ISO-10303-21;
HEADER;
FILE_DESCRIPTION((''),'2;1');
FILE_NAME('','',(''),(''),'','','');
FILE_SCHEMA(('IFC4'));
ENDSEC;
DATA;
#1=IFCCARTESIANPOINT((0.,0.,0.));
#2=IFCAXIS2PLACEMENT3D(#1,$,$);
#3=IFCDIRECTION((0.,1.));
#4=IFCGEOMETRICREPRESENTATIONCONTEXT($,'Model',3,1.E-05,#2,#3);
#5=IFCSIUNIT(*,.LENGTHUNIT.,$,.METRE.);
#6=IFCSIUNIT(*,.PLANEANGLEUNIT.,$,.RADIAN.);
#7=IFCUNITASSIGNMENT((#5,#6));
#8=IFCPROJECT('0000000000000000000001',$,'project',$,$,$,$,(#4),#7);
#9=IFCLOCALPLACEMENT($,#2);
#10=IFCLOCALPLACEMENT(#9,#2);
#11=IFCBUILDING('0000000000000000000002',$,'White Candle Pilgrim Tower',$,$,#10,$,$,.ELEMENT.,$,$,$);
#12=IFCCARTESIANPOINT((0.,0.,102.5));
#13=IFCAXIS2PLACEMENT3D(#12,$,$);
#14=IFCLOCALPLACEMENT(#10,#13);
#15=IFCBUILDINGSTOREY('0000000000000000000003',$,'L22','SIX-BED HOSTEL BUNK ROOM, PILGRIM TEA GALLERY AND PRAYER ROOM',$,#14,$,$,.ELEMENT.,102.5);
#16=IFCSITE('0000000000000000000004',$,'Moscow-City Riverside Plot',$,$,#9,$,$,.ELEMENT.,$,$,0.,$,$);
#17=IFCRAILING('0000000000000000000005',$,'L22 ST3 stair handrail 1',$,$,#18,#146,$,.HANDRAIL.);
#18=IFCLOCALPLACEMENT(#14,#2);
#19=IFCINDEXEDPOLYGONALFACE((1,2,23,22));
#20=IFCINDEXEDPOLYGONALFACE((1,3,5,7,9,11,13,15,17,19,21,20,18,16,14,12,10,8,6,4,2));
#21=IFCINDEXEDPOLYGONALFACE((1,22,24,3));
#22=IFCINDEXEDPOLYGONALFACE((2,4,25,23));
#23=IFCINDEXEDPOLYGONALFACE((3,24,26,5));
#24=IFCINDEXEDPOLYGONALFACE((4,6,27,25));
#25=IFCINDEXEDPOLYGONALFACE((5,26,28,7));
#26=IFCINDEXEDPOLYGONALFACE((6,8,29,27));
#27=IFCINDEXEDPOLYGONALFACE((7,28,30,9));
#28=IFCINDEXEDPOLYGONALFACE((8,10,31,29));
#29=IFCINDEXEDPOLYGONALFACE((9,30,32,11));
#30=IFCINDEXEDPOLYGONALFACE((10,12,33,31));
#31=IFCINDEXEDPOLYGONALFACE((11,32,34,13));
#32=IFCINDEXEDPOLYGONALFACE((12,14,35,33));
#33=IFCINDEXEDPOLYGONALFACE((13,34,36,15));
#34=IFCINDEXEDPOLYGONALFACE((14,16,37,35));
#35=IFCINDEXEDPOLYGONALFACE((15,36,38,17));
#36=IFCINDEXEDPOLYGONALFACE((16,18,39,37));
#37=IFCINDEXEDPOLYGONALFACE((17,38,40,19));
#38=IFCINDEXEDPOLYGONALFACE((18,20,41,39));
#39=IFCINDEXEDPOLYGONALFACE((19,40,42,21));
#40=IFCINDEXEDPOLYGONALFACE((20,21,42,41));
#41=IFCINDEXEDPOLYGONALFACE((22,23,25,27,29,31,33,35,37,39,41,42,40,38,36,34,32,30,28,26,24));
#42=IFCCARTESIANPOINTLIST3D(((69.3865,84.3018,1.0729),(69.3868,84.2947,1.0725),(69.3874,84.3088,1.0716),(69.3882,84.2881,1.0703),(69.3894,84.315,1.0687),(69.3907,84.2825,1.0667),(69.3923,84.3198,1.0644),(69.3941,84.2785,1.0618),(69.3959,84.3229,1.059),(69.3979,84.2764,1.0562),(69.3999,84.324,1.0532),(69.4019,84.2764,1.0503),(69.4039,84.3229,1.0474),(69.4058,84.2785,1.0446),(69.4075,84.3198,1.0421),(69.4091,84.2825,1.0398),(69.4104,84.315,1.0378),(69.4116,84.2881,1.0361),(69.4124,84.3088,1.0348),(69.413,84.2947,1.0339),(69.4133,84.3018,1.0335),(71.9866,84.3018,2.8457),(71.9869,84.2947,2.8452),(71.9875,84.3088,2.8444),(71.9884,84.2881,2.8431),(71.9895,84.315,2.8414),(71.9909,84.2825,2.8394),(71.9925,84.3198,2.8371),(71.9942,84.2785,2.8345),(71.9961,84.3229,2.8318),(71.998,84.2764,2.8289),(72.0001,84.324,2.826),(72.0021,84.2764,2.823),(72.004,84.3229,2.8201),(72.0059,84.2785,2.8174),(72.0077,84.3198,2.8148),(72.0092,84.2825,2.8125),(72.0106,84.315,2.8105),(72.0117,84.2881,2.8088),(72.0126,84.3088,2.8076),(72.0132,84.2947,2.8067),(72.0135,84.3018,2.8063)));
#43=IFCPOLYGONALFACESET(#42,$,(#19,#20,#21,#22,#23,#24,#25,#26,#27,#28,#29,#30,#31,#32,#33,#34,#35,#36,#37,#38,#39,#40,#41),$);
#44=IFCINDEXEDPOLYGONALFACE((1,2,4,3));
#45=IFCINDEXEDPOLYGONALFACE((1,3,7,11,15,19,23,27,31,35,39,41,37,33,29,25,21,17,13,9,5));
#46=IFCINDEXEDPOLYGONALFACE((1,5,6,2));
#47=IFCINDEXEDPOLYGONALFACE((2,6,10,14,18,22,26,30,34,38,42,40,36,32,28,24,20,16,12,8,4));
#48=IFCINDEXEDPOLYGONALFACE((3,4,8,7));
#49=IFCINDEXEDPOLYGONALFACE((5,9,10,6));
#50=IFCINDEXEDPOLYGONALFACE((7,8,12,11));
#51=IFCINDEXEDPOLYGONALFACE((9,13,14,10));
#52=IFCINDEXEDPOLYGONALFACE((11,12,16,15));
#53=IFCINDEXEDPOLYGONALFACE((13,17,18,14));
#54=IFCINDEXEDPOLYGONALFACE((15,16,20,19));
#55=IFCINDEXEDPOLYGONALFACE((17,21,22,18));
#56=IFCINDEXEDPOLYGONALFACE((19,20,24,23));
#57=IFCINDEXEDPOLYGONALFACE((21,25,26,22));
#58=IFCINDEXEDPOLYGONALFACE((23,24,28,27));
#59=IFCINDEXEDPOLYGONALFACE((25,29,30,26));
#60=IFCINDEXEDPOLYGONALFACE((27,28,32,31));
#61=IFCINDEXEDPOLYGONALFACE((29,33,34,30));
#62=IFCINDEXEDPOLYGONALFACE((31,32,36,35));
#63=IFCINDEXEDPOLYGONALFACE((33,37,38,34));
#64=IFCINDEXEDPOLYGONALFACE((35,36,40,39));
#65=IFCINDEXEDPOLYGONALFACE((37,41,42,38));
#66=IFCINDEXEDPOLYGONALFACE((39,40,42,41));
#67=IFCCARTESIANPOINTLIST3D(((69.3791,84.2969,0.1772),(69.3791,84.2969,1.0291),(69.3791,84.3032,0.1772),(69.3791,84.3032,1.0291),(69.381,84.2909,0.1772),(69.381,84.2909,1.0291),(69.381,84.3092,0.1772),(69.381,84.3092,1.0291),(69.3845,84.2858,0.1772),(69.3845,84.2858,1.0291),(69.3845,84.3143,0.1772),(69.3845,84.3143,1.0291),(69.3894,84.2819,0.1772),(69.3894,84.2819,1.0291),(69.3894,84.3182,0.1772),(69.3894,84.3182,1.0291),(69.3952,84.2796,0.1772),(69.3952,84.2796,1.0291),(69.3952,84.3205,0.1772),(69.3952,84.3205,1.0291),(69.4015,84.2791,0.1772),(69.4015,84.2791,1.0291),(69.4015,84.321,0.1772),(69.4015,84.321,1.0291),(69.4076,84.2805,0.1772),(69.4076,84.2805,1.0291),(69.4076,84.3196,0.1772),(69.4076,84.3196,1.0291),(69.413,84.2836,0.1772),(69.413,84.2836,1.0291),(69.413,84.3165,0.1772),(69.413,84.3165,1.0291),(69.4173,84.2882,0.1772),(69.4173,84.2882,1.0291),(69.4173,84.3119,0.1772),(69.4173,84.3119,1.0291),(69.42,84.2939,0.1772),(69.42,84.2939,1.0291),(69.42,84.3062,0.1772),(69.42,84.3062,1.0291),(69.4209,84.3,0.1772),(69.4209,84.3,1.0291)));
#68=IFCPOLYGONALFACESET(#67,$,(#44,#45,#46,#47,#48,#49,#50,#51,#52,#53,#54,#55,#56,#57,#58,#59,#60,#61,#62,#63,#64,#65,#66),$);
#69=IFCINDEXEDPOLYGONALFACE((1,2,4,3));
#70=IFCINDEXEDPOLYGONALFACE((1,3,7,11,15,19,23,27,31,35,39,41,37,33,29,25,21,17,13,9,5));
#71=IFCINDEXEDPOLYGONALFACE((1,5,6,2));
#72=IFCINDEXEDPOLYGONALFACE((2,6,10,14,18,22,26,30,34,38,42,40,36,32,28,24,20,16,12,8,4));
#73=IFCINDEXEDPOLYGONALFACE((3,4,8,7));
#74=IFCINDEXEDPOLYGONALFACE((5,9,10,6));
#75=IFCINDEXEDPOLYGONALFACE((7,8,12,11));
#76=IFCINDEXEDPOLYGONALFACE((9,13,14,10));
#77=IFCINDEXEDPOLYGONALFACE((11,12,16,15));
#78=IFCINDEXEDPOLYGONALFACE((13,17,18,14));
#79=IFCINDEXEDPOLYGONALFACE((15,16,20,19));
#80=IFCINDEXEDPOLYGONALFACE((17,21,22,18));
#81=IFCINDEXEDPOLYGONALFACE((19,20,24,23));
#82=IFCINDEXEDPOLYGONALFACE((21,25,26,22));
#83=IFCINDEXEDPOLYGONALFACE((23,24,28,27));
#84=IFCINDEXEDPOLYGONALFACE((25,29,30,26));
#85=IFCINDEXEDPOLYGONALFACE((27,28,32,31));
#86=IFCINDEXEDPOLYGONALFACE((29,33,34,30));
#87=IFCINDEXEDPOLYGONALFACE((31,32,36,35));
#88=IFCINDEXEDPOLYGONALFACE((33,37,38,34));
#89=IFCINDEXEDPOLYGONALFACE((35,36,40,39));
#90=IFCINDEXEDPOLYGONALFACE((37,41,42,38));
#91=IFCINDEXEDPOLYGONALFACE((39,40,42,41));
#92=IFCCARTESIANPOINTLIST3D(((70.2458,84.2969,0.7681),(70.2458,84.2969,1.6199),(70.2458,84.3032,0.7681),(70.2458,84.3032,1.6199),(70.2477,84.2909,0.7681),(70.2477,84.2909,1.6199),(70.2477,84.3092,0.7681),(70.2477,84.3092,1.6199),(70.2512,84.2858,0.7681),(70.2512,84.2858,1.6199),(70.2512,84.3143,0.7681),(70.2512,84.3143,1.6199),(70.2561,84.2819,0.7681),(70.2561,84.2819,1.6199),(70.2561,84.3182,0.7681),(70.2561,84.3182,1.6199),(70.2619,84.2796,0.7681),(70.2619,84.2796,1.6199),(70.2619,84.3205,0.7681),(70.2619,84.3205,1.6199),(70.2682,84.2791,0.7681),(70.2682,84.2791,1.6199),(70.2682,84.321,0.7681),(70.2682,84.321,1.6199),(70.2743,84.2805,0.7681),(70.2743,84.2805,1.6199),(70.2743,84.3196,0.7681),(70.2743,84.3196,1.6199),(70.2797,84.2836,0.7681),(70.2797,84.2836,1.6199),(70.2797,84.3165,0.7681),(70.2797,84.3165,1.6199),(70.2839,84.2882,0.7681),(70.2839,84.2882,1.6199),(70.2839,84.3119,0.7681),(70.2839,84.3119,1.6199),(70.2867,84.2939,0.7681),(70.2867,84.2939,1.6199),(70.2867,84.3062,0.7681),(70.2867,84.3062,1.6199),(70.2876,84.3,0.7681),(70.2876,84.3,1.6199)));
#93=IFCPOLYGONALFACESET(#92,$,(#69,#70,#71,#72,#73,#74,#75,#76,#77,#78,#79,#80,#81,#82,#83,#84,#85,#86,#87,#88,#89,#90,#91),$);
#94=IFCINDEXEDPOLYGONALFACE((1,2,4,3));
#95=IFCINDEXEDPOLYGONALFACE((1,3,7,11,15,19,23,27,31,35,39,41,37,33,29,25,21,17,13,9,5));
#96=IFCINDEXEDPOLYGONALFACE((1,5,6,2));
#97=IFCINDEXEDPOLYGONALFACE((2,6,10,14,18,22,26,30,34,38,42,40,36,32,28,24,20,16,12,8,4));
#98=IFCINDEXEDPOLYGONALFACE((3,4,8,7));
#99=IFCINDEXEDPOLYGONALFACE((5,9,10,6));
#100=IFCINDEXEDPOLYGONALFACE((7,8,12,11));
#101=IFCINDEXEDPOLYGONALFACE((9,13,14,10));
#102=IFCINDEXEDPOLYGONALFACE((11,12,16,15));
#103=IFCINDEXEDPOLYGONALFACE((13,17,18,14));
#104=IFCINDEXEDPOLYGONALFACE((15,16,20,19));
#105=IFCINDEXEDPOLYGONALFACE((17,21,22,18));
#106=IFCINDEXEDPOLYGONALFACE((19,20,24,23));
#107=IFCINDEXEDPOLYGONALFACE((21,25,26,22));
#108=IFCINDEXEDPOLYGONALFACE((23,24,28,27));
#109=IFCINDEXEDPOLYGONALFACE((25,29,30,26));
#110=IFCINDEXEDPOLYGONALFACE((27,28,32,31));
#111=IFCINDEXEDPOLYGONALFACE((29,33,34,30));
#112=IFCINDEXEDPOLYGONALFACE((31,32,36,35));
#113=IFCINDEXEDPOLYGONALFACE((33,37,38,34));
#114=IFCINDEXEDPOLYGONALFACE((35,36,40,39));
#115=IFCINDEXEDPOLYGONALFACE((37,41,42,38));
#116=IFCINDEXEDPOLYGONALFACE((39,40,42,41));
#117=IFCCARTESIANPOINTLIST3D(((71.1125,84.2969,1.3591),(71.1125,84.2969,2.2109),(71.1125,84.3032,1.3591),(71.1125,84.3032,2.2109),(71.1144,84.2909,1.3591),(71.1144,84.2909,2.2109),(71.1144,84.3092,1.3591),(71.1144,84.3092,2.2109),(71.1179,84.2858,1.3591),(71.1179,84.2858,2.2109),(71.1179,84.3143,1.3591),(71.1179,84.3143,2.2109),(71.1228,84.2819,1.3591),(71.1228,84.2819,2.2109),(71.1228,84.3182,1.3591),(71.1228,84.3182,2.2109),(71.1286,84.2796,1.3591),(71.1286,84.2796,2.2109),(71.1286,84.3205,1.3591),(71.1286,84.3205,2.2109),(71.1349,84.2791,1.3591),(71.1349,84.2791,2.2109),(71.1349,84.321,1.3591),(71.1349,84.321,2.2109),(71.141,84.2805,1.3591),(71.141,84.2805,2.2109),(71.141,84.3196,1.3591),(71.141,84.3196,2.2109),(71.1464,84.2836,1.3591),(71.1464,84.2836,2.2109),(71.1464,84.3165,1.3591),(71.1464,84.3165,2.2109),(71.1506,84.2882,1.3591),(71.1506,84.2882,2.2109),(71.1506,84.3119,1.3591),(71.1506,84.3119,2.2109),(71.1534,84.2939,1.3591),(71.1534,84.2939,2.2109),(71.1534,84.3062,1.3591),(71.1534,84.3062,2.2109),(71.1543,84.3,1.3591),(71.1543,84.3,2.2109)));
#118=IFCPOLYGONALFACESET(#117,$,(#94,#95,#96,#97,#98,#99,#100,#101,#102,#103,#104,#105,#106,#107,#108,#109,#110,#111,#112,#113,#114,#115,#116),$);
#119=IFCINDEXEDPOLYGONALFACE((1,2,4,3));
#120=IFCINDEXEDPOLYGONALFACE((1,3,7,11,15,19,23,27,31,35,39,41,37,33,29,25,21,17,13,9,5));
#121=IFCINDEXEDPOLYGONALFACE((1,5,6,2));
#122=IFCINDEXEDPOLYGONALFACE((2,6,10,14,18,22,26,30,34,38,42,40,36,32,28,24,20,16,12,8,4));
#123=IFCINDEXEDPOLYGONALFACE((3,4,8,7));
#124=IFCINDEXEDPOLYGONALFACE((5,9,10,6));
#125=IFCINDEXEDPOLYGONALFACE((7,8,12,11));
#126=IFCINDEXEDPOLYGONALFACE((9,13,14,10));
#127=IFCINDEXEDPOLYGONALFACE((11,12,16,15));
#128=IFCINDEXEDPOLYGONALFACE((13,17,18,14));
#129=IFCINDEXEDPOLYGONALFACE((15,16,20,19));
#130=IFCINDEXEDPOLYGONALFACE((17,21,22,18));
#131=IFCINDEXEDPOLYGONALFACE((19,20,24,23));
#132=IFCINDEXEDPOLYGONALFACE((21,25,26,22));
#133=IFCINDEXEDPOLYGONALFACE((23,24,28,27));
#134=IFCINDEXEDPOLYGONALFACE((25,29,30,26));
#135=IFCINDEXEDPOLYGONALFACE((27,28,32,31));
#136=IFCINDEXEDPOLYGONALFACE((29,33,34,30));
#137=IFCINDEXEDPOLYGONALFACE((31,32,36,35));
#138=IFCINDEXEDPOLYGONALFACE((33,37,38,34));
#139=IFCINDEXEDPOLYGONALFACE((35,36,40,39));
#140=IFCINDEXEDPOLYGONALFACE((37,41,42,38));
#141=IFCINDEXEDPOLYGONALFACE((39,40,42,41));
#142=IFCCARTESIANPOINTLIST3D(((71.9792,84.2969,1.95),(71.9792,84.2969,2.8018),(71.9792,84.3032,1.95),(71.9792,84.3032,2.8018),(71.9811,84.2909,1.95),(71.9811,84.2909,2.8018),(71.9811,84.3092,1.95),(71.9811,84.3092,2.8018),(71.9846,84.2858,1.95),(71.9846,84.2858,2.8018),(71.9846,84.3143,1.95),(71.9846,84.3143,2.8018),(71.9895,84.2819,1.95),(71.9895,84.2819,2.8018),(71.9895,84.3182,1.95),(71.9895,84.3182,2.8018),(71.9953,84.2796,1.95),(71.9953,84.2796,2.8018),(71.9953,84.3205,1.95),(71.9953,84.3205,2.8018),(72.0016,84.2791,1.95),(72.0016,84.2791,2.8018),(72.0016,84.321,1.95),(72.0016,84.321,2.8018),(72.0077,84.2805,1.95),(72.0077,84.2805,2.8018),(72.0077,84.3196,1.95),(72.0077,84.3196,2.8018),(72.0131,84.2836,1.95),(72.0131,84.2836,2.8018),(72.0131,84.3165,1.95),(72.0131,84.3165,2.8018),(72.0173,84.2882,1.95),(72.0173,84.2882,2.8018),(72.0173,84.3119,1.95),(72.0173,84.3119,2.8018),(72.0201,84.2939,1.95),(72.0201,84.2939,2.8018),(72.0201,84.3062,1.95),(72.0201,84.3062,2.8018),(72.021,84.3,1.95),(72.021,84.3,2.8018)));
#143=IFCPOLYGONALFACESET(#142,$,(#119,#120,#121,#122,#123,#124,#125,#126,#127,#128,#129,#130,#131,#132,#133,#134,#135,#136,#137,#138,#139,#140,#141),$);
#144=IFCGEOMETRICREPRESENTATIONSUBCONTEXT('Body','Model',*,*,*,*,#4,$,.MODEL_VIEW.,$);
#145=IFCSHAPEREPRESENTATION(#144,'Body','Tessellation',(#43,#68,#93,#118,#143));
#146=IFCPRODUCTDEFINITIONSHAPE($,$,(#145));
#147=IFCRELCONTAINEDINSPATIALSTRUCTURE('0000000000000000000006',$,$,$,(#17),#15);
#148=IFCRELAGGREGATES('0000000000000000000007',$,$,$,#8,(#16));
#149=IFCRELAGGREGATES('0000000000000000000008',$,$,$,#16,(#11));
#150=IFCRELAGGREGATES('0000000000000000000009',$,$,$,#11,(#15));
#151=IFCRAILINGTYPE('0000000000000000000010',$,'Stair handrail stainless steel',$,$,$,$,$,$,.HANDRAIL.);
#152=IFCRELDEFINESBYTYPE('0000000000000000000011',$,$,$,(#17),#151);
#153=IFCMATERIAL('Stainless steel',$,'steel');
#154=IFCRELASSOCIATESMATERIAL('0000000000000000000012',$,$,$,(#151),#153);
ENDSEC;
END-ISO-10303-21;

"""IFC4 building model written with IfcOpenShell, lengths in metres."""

from ifc_helpers import new_model, si_unit, direction, frame, origin, origin_2d, place, context, subcontext, project, spatial, circle, extrude, material, type_object, element, save


model = new_model("IFC4")

# Units and contexts
model_context = context("Model", 3, precision=1e-05, world=origin(), true_north=direction((0.0, 1.0)))
body_context = subcontext(model_context, "Body", "Model", "MODEL_VIEW")
ifc_project = project(units=[si_unit("LENGTHUNIT", "METRE"), si_unit("PLANEANGLEUNIT", "RADIAN")], contexts=[model_context])

# Site, building, storey
site_placement = place(None, origin())
site = spatial("IfcSite", under=ifc_project, at=site_placement, Name="Moscow-City Riverside Plot", CompositionType="ELEMENT", RefElevation=0.0)
building_placement = place(site_placement, origin())
building = spatial("IfcBuilding", under=site, at=building_placement, Name="White Candle Pilgrim Tower", CompositionType="ELEMENT")
storey_placement = place(building_placement, frame((0.0, 0.0, 102.5)))
storey = spatial("IfcBuildingStorey", under=building, at=storey_placement, Name="L22", Description="SIX-BED HOSTEL BUNK ROOM, PILGRIM TEA GALLERY AND PRAYER ROOM", CompositionType="ELEMENT", Elevation=102.5)

# Railing
ifc_material_1 = material(Name="Stainless steel", Category="steel")
railing_type_1 = type_object("IfcRailingType", Name="Stair handrail stainless steel", PredefinedType="HANDRAIL", material=ifc_material_1)
railing_1_placement = place(storey_placement, frame((69.3999, 84.3, 0.1772)))
element("IfcRailing", 1, at=railing_1_placement, inside=storey, type_object=railing_type_1, Name="L22 ST3 stair handrail 1", PredefinedType="HANDRAIL", context=body_context, shape_type="SweptSolid", body=[
    extrude(circle(Radius=0.0239, at=origin_2d()), frame((0.0, 0.0, 0.876), z_axis=(0.82624, 0.0, 0.563318), x_axis=(0.0, 1.0, 0.0)), (0.0, 0.0, 1.0), 3.147),
    extrude(circle(Radius=0.021, at=origin_2d()), origin(), (0.0, 0.0, 1.0), 0.8518),
    extrude(circle(Radius=0.021, at=origin_2d()), frame((0.8667, 0.0, 0.5908)), (0.0, 0.0, 1.0), 0.8518),
    extrude(circle(Radius=0.021, at=origin_2d()), frame((1.7334, 0.0, 1.1819)), (0.0, 0.0, 1.0), 0.8518),
    extrude(circle(Radius=0.021, at=origin_2d()), frame((2.6001, 0.0, 1.7727)), (0.0, 0.0, 1.0), 0.8518),
])

save(model, "model.ifc")
